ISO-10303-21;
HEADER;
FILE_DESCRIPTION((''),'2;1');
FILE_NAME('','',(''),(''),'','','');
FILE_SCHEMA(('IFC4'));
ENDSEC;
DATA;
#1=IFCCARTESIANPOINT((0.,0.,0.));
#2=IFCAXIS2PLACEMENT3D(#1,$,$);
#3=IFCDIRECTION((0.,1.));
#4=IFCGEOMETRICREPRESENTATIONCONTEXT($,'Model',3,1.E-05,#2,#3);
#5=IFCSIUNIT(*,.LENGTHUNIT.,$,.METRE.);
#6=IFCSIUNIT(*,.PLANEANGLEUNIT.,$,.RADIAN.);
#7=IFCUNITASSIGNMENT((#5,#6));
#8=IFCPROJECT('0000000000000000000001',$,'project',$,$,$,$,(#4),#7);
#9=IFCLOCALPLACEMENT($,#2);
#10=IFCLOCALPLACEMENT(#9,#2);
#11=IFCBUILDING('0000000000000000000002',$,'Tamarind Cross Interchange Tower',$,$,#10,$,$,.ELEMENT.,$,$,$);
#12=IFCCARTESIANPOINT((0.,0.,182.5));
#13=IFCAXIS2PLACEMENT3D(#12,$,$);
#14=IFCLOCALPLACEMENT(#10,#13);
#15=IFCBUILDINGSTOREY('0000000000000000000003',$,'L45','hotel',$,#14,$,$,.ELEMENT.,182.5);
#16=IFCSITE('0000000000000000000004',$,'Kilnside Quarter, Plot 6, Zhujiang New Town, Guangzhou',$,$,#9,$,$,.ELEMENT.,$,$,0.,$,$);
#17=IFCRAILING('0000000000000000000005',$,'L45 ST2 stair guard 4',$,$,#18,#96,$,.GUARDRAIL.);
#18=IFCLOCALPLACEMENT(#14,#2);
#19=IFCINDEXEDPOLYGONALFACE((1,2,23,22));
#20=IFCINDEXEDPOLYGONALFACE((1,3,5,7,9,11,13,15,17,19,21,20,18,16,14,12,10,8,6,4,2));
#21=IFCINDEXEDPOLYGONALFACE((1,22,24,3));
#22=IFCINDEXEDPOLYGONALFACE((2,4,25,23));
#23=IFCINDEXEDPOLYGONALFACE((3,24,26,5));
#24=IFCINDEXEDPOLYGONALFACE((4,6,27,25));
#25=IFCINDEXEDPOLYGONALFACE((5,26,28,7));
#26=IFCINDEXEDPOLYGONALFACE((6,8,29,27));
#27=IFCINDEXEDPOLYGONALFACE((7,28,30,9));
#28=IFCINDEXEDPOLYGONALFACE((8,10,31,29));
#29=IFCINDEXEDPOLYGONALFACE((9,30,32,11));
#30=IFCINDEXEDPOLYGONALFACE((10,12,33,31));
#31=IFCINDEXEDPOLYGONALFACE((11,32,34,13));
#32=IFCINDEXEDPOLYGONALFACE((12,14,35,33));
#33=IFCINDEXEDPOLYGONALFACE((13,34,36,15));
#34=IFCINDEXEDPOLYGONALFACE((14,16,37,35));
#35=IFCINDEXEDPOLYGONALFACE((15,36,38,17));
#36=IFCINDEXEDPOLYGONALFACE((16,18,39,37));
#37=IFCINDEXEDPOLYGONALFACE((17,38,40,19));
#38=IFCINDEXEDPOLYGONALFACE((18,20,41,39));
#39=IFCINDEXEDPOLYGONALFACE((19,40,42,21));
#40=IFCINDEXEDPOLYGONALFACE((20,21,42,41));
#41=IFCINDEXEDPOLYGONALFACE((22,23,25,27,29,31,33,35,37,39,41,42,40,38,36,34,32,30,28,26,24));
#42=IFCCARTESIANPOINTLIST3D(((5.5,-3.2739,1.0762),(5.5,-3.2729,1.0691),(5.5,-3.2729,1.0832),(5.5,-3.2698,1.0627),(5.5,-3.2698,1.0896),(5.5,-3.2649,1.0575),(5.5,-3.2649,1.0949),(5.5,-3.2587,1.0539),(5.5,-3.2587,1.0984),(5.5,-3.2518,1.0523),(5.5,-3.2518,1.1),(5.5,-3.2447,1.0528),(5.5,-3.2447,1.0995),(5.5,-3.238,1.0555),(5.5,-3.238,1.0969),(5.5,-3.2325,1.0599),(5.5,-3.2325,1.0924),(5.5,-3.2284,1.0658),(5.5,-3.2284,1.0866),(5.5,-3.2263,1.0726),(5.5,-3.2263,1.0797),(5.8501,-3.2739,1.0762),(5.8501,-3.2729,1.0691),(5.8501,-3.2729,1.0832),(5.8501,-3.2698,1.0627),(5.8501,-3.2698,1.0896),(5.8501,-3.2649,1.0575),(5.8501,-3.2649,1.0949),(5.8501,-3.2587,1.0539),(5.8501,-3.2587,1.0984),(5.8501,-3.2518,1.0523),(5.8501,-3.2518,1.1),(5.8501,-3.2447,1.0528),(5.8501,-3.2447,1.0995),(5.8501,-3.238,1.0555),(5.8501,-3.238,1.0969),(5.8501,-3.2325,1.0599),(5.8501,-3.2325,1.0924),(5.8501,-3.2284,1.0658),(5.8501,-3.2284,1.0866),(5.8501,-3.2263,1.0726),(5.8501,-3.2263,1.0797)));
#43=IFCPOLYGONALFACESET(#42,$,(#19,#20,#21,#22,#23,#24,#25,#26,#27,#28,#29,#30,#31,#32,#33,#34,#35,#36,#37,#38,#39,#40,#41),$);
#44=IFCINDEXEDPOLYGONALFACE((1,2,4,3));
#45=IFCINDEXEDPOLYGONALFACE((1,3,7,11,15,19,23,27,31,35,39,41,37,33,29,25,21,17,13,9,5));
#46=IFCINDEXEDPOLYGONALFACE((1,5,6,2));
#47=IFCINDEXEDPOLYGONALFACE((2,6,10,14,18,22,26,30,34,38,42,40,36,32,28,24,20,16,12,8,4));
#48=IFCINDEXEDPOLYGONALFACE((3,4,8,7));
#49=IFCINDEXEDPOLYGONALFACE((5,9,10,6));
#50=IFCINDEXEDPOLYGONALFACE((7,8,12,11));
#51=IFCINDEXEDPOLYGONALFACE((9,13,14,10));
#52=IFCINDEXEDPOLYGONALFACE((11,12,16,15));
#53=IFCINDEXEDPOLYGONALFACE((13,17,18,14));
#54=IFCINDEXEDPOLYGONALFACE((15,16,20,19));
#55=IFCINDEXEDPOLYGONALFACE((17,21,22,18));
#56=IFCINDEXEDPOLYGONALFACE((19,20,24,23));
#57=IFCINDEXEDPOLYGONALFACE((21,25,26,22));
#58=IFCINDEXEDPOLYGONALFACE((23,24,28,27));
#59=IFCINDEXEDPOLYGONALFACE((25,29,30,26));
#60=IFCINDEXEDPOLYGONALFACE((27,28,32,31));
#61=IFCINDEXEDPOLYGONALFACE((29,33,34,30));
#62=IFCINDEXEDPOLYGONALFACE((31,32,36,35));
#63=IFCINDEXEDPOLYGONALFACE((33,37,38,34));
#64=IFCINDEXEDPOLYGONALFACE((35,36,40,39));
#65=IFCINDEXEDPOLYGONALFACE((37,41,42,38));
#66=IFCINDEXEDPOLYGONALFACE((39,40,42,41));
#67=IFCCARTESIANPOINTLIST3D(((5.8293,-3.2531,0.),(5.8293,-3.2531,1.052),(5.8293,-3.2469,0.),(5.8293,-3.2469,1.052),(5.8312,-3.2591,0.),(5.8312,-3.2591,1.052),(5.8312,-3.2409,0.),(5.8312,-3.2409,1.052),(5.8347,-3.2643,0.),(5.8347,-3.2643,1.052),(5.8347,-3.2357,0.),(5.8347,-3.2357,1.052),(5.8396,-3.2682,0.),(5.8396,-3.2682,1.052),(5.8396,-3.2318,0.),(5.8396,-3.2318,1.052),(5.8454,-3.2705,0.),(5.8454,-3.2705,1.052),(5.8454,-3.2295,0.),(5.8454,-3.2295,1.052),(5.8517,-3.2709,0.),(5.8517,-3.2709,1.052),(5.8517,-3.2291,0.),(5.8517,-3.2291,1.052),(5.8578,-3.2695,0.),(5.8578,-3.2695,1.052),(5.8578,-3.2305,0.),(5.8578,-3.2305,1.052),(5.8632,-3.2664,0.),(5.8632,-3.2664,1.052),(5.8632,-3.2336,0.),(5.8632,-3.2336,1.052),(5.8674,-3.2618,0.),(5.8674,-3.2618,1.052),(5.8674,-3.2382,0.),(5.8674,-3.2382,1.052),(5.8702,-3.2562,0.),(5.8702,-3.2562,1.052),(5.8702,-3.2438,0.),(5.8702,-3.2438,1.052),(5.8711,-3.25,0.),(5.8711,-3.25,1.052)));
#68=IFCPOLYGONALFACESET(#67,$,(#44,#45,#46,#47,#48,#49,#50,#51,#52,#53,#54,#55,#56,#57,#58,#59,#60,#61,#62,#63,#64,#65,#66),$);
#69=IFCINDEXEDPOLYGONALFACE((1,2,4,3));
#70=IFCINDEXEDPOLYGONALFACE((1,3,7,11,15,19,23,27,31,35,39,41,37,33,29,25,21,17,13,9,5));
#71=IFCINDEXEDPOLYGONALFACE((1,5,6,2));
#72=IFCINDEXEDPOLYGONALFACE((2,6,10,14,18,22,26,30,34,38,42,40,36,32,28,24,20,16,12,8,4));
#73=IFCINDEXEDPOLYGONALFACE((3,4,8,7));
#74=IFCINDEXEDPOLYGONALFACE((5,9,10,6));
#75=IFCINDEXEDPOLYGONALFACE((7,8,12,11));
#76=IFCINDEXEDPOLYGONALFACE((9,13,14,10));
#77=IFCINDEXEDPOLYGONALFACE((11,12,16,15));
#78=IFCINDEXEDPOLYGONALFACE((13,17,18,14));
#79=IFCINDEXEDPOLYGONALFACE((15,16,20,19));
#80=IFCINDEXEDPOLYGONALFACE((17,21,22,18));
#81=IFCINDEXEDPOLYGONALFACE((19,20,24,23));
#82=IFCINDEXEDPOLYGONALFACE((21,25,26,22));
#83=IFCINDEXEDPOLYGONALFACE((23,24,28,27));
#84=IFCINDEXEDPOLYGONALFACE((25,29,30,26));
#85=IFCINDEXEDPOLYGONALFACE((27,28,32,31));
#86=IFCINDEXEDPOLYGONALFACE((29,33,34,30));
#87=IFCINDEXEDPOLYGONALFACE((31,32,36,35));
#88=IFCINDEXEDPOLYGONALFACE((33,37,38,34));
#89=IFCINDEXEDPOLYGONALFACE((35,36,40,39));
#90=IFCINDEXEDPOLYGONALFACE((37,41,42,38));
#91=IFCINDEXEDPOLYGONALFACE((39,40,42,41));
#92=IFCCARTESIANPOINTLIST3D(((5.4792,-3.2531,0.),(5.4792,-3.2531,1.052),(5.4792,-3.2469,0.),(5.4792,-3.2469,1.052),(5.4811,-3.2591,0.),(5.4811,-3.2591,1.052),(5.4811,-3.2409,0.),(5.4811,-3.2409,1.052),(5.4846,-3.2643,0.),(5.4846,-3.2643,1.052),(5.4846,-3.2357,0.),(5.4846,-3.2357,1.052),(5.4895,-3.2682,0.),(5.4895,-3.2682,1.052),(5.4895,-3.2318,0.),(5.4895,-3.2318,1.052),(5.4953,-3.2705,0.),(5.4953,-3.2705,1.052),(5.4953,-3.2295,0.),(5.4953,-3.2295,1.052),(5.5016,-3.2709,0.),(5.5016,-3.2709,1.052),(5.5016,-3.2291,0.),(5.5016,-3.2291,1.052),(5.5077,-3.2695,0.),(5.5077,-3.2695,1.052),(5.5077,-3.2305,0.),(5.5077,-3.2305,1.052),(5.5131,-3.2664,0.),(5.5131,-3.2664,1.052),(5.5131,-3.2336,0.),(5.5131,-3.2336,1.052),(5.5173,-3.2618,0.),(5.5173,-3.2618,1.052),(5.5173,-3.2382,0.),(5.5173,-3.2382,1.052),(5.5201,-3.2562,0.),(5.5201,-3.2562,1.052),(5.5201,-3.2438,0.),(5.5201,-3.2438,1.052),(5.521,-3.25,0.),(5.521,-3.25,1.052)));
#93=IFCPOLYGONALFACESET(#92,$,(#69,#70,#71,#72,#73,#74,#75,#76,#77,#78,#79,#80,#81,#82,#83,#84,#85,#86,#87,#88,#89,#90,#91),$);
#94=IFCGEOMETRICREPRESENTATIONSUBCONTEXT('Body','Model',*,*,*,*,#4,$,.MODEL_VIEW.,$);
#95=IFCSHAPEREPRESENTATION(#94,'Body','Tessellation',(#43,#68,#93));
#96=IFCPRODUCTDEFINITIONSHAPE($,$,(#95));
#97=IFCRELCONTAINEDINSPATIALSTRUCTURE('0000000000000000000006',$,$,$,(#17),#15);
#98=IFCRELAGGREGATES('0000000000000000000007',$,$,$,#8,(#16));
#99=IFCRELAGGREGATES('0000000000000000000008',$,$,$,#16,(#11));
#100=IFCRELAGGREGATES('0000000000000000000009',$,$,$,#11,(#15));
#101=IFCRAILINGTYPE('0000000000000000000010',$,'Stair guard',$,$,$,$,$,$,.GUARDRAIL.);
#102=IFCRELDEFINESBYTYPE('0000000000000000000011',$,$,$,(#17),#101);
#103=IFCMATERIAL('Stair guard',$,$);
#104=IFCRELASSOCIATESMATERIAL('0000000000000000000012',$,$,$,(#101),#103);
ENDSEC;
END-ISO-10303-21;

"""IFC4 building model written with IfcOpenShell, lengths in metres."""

from ifc_helpers import new_model, si_unit, direction, frame, origin, origin_2d, place, context, subcontext, project, spatial, circle, extrude, material, type_object, element, save


model = new_model("IFC4")

# Units and contexts
model_context = context("Model", 3, precision=1e-05, world=origin(), true_north=direction((0.0, 1.0)))
body_context = subcontext(model_context, "Body", "Model", "MODEL_VIEW")
ifc_project = project(units=[si_unit("LENGTHUNIT", "METRE"), si_unit("PLANEANGLEUNIT", "RADIAN")], contexts=[model_context])

# Site, building, storey
site_placement = place(None, origin())
site = spatial("IfcSite", under=ifc_project, at=site_placement, Name="Kilnside Quarter, Plot 6, Zhujiang New Town, Guangzhou", CompositionType="ELEMENT", RefElevation=0.0)
building_placement = place(site_placement, origin())
building = spatial("IfcBuilding", under=site, at=building_placement, Name="Tamarind Cross Interchange Tower", CompositionType="ELEMENT")
storey_placement = place(building_placement, frame((0.0, 0.0, 182.5)))
storey = spatial("IfcBuildingStorey", under=building, at=storey_placement, Name="L45", Description="hotel", CompositionType="ELEMENT", Elevation=182.5)

# Railing
ifc_material_1 = material(Name="Stair guard")
railing_type_1 = type_object("IfcRailingType", Name="Stair guard", PredefinedType="GUARDRAIL", material=ifc_material_1)
railing_1_placement = place(storey_placement, frame((5.8501, -3.25, 0.0)))
element("IfcRailing", 1, at=railing_1_placement, inside=storey, type_object=railing_type_1, Name="L45 ST2 stair guard 4", PredefinedType="GUARDRAIL", context=body_context, shape_type="SweptSolid", body=[
    extrude(circle(Radius=0.0239, at=origin_2d()), frame((0.0, 0.0, 1.0762), z_axis=(-1.0, 0.0, 0.0), x_axis=(0.0, -1.0, 0.0)), (0.0, 0.0, 1.0), 0.3501),
    extrude(circle(Radius=0.021, at=origin_2d()), origin(), (0.0, 0.0, 1.0), 1.052),
    extrude(circle(Radius=0.021, at=origin_2d()), frame((-0.3501, 0.0, 0.0)), (0.0, 0.0, 1.0), 1.052),
])

save(model, "model.ifc")
